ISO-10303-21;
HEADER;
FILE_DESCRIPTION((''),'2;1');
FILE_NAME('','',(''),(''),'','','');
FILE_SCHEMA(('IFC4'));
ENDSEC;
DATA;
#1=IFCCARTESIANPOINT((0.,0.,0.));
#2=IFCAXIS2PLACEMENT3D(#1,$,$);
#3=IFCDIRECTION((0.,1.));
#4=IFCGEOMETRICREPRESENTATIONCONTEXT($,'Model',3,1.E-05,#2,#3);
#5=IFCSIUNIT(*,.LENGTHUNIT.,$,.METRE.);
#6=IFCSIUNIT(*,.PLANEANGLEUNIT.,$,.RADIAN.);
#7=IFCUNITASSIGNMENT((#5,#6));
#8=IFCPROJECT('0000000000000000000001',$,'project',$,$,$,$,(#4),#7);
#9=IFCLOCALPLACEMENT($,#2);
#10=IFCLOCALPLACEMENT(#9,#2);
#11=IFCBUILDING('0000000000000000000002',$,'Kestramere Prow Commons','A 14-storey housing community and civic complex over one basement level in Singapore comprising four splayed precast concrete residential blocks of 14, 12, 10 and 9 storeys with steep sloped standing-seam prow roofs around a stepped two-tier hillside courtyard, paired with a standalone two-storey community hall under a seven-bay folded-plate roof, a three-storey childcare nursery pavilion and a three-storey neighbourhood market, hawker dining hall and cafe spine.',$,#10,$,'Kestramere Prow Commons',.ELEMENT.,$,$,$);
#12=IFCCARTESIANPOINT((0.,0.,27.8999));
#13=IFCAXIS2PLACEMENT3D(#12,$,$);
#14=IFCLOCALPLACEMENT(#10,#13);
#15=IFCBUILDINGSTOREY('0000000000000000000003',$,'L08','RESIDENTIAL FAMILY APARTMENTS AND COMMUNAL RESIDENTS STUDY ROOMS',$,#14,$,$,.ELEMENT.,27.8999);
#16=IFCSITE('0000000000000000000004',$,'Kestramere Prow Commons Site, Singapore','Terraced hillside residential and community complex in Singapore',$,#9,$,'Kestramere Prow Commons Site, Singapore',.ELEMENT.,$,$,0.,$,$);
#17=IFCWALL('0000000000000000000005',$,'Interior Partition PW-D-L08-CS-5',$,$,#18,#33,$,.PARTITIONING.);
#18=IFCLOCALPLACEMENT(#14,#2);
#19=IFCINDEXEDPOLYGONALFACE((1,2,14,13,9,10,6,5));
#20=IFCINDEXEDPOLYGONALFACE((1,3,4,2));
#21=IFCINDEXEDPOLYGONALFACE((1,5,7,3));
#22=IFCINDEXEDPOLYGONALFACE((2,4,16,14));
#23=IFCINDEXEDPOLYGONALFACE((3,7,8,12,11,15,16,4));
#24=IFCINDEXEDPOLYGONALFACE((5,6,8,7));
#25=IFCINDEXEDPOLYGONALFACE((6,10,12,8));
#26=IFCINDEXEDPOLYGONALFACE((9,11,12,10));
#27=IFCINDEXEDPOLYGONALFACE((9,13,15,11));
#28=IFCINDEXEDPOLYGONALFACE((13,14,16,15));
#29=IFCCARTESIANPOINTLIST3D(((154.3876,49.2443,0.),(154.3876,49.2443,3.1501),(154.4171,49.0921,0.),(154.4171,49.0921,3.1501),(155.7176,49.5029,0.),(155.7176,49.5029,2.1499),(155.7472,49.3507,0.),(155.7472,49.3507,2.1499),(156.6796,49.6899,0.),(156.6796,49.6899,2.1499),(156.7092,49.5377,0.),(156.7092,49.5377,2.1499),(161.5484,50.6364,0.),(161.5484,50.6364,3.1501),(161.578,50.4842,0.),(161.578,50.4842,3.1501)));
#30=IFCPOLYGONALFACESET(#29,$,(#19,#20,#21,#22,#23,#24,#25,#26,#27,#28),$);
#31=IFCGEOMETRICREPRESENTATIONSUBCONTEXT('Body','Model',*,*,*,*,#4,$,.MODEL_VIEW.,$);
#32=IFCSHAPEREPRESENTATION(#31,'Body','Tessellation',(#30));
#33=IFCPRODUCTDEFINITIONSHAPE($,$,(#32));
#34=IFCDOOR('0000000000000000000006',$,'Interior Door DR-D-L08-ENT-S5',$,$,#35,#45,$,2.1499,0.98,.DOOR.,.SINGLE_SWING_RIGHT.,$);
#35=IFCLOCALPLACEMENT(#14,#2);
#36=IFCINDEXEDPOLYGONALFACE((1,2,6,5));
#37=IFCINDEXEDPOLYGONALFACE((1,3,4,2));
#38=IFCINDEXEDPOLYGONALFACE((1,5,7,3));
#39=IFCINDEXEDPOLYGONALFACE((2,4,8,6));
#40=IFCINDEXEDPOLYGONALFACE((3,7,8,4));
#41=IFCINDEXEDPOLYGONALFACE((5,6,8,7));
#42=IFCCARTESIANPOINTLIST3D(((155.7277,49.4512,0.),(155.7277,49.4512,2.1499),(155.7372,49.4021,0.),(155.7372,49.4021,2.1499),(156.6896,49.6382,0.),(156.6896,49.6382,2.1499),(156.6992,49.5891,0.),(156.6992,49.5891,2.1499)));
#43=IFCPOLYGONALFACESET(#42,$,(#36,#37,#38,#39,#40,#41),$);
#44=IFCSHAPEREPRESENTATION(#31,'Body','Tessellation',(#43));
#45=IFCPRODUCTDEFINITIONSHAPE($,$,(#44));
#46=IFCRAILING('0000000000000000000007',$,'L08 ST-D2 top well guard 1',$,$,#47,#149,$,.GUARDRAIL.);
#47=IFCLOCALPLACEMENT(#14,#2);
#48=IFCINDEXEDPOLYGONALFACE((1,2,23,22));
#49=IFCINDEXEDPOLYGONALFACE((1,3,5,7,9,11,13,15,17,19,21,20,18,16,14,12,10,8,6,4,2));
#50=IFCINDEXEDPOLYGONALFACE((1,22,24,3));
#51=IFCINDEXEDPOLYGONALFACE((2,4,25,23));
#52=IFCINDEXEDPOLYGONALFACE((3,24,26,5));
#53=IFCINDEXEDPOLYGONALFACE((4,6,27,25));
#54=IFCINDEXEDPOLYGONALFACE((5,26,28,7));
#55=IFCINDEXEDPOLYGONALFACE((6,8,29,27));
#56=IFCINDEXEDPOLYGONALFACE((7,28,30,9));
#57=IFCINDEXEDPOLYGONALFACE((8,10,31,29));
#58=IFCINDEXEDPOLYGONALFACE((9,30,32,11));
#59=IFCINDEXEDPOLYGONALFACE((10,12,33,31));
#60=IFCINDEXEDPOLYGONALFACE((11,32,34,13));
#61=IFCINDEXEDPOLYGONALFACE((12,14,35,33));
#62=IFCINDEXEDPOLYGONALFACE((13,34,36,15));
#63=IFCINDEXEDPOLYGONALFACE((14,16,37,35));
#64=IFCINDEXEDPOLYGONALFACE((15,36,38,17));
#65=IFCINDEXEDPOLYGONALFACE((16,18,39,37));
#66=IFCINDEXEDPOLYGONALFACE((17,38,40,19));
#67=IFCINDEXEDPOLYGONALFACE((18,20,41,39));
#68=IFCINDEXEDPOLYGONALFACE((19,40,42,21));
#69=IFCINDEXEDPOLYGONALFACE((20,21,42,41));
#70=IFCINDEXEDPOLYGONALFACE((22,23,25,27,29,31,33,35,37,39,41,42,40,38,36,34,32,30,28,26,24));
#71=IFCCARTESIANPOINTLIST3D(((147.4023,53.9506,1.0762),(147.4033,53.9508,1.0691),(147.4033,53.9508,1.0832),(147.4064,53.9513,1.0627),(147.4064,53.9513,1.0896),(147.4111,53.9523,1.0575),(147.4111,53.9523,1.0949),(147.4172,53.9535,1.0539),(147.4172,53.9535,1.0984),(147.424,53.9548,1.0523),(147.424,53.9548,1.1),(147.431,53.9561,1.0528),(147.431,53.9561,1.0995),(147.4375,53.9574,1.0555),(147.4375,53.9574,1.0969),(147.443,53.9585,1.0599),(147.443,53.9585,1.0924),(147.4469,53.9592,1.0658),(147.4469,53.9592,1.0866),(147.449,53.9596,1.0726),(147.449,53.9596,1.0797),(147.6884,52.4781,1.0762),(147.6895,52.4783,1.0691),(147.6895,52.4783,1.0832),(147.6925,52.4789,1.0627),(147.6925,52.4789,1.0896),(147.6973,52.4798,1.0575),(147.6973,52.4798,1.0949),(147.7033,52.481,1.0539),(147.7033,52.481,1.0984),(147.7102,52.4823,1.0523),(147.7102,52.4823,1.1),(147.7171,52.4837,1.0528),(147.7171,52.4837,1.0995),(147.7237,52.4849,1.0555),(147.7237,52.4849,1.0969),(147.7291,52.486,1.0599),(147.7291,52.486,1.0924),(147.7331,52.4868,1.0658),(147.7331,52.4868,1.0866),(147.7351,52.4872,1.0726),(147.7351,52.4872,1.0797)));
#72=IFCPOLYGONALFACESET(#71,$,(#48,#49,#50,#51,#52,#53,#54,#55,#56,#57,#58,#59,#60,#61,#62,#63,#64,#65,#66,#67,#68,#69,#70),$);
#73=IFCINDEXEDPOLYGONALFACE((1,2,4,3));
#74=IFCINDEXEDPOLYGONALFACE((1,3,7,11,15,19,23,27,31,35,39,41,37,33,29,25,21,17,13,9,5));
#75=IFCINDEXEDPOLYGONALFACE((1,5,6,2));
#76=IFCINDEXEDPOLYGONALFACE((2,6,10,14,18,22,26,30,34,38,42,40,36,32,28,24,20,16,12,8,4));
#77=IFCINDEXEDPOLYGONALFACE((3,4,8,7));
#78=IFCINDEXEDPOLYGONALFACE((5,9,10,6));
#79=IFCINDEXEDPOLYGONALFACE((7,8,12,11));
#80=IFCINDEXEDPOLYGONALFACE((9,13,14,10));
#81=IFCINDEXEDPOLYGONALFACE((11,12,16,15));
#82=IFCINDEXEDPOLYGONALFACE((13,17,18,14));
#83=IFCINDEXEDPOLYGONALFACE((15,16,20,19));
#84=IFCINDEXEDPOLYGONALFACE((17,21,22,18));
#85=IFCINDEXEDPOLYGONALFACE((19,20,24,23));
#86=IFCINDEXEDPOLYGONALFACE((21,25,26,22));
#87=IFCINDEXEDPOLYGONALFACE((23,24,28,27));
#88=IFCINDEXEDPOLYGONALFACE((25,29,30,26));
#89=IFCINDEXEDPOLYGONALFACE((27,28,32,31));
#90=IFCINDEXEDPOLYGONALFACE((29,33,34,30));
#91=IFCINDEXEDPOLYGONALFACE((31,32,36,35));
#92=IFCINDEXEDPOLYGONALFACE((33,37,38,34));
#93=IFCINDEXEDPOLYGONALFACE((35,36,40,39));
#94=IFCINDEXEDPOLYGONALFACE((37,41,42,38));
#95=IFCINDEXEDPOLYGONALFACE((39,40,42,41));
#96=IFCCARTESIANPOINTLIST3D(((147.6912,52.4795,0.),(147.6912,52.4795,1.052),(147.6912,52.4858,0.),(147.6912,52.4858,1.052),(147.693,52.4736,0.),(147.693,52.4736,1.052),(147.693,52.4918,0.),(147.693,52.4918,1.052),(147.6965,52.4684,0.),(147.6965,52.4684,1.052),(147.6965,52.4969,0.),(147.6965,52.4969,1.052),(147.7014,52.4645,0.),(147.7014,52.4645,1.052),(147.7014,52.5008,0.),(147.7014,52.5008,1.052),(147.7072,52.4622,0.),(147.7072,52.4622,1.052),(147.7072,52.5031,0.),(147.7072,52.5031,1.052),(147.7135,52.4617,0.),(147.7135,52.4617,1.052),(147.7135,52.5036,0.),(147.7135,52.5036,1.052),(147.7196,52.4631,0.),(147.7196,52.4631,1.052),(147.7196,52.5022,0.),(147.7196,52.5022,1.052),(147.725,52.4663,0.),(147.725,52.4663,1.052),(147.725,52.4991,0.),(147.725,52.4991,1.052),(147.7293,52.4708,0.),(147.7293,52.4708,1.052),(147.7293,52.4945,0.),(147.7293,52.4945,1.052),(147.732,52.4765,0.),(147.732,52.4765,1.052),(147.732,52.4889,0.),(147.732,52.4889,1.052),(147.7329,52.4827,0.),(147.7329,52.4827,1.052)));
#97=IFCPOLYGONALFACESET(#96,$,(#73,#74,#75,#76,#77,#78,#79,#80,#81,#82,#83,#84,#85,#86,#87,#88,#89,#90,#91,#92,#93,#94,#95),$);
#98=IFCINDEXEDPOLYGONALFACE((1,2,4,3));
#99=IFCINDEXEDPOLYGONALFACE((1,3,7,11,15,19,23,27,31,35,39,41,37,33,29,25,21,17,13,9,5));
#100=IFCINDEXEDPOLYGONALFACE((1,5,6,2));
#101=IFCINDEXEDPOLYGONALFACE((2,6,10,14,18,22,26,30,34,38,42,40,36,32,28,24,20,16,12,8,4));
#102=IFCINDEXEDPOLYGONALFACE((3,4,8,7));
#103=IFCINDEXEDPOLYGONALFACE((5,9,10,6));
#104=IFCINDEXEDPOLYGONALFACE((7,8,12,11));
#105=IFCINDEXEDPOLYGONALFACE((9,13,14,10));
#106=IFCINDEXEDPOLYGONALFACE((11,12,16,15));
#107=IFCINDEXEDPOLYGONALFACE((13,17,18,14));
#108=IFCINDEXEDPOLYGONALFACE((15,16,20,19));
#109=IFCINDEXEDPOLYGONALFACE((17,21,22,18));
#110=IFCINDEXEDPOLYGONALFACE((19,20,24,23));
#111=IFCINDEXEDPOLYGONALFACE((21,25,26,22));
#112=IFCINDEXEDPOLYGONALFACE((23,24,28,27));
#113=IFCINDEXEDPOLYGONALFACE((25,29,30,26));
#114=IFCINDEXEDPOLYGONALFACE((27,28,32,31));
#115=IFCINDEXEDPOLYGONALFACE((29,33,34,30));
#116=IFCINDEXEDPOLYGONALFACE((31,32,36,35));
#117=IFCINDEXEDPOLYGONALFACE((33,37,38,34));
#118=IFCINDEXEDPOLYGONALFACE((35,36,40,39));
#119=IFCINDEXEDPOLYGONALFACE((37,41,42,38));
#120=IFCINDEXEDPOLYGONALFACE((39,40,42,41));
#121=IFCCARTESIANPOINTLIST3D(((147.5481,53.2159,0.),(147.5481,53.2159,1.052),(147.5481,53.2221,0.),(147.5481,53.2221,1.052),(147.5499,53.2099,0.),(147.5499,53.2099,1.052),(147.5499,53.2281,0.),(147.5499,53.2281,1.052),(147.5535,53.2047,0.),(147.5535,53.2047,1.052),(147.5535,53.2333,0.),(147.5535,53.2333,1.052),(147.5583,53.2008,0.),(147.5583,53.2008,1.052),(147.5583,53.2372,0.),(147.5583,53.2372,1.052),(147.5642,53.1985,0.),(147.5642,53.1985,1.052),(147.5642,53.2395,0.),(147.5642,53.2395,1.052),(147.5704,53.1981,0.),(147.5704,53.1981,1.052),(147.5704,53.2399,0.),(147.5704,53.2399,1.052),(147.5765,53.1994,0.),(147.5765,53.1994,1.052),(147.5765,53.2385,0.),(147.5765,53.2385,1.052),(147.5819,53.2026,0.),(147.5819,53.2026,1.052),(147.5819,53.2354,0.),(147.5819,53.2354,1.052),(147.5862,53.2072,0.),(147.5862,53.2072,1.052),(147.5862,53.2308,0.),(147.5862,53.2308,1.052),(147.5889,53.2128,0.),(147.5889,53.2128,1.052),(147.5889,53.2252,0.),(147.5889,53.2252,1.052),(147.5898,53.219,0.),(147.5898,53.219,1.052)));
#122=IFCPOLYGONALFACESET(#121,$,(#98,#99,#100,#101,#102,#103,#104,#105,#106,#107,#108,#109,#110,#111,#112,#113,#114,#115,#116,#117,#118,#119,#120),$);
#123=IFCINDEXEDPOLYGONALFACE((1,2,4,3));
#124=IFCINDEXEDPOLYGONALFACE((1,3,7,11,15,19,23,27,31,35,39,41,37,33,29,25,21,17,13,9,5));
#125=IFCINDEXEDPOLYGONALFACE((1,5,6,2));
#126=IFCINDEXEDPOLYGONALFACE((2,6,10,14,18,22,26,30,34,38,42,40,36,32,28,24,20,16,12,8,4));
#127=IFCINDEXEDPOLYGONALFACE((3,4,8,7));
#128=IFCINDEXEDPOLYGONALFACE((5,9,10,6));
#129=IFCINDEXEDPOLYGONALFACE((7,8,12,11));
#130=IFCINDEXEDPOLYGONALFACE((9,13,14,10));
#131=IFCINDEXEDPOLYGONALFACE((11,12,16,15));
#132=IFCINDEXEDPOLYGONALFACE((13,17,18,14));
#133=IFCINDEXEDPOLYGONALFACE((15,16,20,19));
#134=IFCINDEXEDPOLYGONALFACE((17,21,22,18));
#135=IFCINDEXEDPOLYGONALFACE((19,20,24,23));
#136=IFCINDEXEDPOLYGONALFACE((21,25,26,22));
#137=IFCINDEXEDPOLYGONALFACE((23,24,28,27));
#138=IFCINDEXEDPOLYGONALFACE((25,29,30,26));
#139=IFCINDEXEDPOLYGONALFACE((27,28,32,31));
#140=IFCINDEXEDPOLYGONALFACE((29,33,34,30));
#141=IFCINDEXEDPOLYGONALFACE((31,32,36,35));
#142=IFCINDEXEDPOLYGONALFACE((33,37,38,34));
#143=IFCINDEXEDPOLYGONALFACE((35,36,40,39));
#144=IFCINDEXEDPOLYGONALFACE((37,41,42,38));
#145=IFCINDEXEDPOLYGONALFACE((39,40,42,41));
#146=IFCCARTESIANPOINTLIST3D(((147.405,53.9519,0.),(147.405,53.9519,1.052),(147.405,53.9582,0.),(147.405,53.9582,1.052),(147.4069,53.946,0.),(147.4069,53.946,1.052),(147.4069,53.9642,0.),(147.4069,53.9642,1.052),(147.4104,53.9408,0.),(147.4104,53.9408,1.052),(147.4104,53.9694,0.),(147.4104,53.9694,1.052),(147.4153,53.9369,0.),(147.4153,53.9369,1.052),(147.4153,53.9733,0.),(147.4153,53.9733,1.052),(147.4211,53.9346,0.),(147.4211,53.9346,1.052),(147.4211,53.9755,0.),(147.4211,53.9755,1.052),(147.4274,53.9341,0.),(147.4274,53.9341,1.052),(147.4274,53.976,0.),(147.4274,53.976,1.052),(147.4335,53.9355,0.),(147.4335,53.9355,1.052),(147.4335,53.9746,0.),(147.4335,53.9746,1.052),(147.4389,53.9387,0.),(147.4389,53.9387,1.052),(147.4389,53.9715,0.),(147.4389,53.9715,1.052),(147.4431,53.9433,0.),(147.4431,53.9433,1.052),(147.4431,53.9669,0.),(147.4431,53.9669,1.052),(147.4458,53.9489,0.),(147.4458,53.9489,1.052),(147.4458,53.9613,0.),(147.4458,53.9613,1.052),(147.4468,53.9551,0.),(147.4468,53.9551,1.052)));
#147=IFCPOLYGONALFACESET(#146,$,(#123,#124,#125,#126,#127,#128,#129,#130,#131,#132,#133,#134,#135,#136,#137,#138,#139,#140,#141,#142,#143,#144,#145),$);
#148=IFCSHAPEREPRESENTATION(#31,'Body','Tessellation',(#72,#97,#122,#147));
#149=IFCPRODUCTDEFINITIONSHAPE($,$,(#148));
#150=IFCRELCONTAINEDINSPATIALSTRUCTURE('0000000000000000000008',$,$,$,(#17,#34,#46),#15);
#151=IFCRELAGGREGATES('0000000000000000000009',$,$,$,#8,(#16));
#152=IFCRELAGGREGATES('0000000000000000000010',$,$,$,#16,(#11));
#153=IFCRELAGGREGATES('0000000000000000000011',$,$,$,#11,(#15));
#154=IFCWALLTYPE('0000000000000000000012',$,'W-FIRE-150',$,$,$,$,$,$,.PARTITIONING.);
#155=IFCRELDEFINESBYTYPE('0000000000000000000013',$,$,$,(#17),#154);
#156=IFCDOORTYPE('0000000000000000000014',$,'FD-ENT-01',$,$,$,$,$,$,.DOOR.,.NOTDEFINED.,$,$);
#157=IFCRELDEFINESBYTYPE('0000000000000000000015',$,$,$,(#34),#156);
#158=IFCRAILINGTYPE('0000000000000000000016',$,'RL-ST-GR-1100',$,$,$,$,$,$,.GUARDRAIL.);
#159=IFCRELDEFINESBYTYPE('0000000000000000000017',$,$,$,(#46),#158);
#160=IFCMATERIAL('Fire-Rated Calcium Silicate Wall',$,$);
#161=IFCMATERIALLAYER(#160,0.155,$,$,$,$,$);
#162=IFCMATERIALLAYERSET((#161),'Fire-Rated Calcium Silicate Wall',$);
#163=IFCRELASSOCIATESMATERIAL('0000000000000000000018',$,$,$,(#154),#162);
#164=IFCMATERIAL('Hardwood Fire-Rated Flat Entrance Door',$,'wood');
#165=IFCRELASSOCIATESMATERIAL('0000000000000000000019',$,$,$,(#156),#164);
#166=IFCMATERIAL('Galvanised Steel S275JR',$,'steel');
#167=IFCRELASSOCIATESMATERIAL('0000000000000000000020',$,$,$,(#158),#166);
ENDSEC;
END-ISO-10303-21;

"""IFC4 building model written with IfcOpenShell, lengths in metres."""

from ifc_helpers import new_model, si_unit, direction, frame, frame_2d, origin, origin_2d, place, context, subcontext, project, spatial, rectangle, circle, extrude, material, layer, layer_set, type_object, element, fill, save


model = new_model("IFC4")

# Units and contexts
model_context = context("Model", 3, precision=1e-05, world=origin(), true_north=direction((0.0, 1.0)))
body_context = subcontext(model_context, "Body", "Model", "MODEL_VIEW")
ifc_project = project(units=[si_unit("LENGTHUNIT", "METRE"), si_unit("PLANEANGLEUNIT", "RADIAN")], contexts=[model_context])

# Site, building, storey
site_placement = place(None, origin())
site = spatial("IfcSite", under=ifc_project, at=site_placement, Name="Kestramere Prow Commons Site, Singapore", Description="Terraced hillside residential and community complex in Singapore", LongName="Kestramere Prow Commons Site, Singapore", CompositionType="ELEMENT", RefElevation=0.0)
building_placement = place(site_placement, origin())
building = spatial("IfcBuilding", under=site, at=building_placement, Name="Kestramere Prow Commons", Description="A 14-storey housing community and civic complex over one basement level in Singapore comprising four splayed precast concrete residential blocks of 14, 12, 10 and 9 storeys with steep sloped standing-seam prow roofs around a stepped two-tier hillside courtyard, paired with a standalone two-storey community hall under a seven-bay folded-plate roof, a three-storey childcare nursery pavilion and a three-storey neighbourhood market, hawker dining hall and cafe spine.", LongName="Kestramere Prow Commons", CompositionType="ELEMENT")
storey_placement = place(building_placement, frame((0.0, 0.0, 27.8999)))
storey = spatial("IfcBuildingStorey", under=building, at=storey_placement, Name="L08", Description="RESIDENTIAL FAMILY APARTMENTS AND COMMUNAL RESIDENTS STUDY ROOMS", CompositionType="ELEMENT", Elevation=27.8999)

# Shared definitions
ifc_material_1 = material(Name="Fire-Rated Calcium Silicate Wall")
ifc_layer_1 = layer(ifc_material_1, 0.155)
ifc_layer_set_1 = layer_set([ifc_layer_1], Name="Fire-Rated Calcium Silicate Wall")
wall_type_1 = type_object("IfcWallType", Name="W-FIRE-150", PredefinedType="PARTITIONING", material=ifc_layer_set_1)

# Wall, opening, door
ifc_material_2 = material(Name="Hardwood Fire-Rated Flat Entrance Door", Category="wood")
wall_1_placement = place(storey_placement, frame((154.4023, 49.1682, 0.0), z_axis=(0.0, 0.0, 1.0), x_axis=(0.981623, 0.190829, 0.0)))
wall_1 = element("IfcWall", 1, at=wall_1_placement, inside=storey, type_object=wall_type_1, Name="Interior Partition PW-D-L08-CS-5", PredefinedType="PARTITIONING", context=body_context, shape_type="SweptSolid", body=[
    extrude(rectangle(XDim=7.2949, YDim=0.155, at=frame_2d((3.6475, 0.0))), origin(), (0.0, 0.0, 1.0), 3.1501),
])
opening_1_placement = place(wall_1_placement, frame((1.355, 0.0, 0.0)))
opening_1 = element("IfcOpeningElement", 2, at=opening_1_placement, cuts=wall_1, PredefinedType="OPENING", context=body_context, shape_type="SweptSolid", body=[
    extrude(rectangle(XDim=0.98, YDim=2.1499, at=frame_2d((0.49, 1.075))), frame((0.0, 0.0925, 0.0), z_axis=(0.0, -1.0, 0.0), x_axis=(1.0, 0.0, 0.0)), (0.0, 0.0, 1.0), 0.1851),
])
door_type_1 = type_object("IfcDoorType", Name="FD-ENT-01", OperationType="NOTDEFINED", PredefinedType="DOOR", material=ifc_material_2)
door_1_placement = place(opening_1_placement, origin())
door_1 = element("IfcDoor", 3, at=door_1_placement, inside=storey, type_object=door_type_1, Name="Interior Door DR-D-L08-ENT-S5", OperationType="SINGLE_SWING_RIGHT", OverallHeight=2.1499, OverallWidth=0.98, PredefinedType="DOOR", context=body_context, shape_type="SweptSolid", body=[
    extrude(rectangle(XDim=0.98, YDim=2.1499, at=frame_2d((0.49, 1.075))), frame((0.0, 0.0249, 0.0), z_axis=(0.0, -1.0, 0.0), x_axis=(1.0, 0.0, 0.0)), (0.0, 0.0, 1.0), 0.05),
])
fill(opening_1, door_1)

# Railing
ifc_material_3 = material(Name="Galvanised Steel S275JR", Category="steel")
railing_type = type_object("IfcRailingType", Name="RL-ST-GR-1100", PredefinedType="GUARDRAIL", material=ifc_material_3)
railing_placement = place(storey_placement, frame((147.7119, 52.4827, 0.0)))
element("IfcRailing", 4, at=railing_placement, inside=storey, type_object=railing_type, Name="L08 ST-D2 top well guard 1", PredefinedType="GUARDRAIL", context=body_context, shape_type="SweptSolid", body=[
    extrude(circle(Radius=0.0239, at=origin_2d()), frame((0.0, 0.0, 1.0762), z_axis=(-0.190761, 0.981637, 0.0), x_axis=(-0.981637, -0.190761, 0.0)), (0.0, 0.0, 1.0), 1.5),
    extrude(circle(Radius=0.021, at=origin_2d()), origin(), (0.0, 0.0, 1.0), 1.052),
    extrude(circle(Radius=0.021, at=origin_2d()), frame((-0.1431, 0.7363, 0.0)), (0.0, 0.0, 1.0), 1.052),
    extrude(circle(Radius=0.021, at=origin_2d()), frame((-0.2861, 1.4724, 0.0)), (0.0, 0.0, 1.0), 1.052),
])

save(model, "model.ifc")
